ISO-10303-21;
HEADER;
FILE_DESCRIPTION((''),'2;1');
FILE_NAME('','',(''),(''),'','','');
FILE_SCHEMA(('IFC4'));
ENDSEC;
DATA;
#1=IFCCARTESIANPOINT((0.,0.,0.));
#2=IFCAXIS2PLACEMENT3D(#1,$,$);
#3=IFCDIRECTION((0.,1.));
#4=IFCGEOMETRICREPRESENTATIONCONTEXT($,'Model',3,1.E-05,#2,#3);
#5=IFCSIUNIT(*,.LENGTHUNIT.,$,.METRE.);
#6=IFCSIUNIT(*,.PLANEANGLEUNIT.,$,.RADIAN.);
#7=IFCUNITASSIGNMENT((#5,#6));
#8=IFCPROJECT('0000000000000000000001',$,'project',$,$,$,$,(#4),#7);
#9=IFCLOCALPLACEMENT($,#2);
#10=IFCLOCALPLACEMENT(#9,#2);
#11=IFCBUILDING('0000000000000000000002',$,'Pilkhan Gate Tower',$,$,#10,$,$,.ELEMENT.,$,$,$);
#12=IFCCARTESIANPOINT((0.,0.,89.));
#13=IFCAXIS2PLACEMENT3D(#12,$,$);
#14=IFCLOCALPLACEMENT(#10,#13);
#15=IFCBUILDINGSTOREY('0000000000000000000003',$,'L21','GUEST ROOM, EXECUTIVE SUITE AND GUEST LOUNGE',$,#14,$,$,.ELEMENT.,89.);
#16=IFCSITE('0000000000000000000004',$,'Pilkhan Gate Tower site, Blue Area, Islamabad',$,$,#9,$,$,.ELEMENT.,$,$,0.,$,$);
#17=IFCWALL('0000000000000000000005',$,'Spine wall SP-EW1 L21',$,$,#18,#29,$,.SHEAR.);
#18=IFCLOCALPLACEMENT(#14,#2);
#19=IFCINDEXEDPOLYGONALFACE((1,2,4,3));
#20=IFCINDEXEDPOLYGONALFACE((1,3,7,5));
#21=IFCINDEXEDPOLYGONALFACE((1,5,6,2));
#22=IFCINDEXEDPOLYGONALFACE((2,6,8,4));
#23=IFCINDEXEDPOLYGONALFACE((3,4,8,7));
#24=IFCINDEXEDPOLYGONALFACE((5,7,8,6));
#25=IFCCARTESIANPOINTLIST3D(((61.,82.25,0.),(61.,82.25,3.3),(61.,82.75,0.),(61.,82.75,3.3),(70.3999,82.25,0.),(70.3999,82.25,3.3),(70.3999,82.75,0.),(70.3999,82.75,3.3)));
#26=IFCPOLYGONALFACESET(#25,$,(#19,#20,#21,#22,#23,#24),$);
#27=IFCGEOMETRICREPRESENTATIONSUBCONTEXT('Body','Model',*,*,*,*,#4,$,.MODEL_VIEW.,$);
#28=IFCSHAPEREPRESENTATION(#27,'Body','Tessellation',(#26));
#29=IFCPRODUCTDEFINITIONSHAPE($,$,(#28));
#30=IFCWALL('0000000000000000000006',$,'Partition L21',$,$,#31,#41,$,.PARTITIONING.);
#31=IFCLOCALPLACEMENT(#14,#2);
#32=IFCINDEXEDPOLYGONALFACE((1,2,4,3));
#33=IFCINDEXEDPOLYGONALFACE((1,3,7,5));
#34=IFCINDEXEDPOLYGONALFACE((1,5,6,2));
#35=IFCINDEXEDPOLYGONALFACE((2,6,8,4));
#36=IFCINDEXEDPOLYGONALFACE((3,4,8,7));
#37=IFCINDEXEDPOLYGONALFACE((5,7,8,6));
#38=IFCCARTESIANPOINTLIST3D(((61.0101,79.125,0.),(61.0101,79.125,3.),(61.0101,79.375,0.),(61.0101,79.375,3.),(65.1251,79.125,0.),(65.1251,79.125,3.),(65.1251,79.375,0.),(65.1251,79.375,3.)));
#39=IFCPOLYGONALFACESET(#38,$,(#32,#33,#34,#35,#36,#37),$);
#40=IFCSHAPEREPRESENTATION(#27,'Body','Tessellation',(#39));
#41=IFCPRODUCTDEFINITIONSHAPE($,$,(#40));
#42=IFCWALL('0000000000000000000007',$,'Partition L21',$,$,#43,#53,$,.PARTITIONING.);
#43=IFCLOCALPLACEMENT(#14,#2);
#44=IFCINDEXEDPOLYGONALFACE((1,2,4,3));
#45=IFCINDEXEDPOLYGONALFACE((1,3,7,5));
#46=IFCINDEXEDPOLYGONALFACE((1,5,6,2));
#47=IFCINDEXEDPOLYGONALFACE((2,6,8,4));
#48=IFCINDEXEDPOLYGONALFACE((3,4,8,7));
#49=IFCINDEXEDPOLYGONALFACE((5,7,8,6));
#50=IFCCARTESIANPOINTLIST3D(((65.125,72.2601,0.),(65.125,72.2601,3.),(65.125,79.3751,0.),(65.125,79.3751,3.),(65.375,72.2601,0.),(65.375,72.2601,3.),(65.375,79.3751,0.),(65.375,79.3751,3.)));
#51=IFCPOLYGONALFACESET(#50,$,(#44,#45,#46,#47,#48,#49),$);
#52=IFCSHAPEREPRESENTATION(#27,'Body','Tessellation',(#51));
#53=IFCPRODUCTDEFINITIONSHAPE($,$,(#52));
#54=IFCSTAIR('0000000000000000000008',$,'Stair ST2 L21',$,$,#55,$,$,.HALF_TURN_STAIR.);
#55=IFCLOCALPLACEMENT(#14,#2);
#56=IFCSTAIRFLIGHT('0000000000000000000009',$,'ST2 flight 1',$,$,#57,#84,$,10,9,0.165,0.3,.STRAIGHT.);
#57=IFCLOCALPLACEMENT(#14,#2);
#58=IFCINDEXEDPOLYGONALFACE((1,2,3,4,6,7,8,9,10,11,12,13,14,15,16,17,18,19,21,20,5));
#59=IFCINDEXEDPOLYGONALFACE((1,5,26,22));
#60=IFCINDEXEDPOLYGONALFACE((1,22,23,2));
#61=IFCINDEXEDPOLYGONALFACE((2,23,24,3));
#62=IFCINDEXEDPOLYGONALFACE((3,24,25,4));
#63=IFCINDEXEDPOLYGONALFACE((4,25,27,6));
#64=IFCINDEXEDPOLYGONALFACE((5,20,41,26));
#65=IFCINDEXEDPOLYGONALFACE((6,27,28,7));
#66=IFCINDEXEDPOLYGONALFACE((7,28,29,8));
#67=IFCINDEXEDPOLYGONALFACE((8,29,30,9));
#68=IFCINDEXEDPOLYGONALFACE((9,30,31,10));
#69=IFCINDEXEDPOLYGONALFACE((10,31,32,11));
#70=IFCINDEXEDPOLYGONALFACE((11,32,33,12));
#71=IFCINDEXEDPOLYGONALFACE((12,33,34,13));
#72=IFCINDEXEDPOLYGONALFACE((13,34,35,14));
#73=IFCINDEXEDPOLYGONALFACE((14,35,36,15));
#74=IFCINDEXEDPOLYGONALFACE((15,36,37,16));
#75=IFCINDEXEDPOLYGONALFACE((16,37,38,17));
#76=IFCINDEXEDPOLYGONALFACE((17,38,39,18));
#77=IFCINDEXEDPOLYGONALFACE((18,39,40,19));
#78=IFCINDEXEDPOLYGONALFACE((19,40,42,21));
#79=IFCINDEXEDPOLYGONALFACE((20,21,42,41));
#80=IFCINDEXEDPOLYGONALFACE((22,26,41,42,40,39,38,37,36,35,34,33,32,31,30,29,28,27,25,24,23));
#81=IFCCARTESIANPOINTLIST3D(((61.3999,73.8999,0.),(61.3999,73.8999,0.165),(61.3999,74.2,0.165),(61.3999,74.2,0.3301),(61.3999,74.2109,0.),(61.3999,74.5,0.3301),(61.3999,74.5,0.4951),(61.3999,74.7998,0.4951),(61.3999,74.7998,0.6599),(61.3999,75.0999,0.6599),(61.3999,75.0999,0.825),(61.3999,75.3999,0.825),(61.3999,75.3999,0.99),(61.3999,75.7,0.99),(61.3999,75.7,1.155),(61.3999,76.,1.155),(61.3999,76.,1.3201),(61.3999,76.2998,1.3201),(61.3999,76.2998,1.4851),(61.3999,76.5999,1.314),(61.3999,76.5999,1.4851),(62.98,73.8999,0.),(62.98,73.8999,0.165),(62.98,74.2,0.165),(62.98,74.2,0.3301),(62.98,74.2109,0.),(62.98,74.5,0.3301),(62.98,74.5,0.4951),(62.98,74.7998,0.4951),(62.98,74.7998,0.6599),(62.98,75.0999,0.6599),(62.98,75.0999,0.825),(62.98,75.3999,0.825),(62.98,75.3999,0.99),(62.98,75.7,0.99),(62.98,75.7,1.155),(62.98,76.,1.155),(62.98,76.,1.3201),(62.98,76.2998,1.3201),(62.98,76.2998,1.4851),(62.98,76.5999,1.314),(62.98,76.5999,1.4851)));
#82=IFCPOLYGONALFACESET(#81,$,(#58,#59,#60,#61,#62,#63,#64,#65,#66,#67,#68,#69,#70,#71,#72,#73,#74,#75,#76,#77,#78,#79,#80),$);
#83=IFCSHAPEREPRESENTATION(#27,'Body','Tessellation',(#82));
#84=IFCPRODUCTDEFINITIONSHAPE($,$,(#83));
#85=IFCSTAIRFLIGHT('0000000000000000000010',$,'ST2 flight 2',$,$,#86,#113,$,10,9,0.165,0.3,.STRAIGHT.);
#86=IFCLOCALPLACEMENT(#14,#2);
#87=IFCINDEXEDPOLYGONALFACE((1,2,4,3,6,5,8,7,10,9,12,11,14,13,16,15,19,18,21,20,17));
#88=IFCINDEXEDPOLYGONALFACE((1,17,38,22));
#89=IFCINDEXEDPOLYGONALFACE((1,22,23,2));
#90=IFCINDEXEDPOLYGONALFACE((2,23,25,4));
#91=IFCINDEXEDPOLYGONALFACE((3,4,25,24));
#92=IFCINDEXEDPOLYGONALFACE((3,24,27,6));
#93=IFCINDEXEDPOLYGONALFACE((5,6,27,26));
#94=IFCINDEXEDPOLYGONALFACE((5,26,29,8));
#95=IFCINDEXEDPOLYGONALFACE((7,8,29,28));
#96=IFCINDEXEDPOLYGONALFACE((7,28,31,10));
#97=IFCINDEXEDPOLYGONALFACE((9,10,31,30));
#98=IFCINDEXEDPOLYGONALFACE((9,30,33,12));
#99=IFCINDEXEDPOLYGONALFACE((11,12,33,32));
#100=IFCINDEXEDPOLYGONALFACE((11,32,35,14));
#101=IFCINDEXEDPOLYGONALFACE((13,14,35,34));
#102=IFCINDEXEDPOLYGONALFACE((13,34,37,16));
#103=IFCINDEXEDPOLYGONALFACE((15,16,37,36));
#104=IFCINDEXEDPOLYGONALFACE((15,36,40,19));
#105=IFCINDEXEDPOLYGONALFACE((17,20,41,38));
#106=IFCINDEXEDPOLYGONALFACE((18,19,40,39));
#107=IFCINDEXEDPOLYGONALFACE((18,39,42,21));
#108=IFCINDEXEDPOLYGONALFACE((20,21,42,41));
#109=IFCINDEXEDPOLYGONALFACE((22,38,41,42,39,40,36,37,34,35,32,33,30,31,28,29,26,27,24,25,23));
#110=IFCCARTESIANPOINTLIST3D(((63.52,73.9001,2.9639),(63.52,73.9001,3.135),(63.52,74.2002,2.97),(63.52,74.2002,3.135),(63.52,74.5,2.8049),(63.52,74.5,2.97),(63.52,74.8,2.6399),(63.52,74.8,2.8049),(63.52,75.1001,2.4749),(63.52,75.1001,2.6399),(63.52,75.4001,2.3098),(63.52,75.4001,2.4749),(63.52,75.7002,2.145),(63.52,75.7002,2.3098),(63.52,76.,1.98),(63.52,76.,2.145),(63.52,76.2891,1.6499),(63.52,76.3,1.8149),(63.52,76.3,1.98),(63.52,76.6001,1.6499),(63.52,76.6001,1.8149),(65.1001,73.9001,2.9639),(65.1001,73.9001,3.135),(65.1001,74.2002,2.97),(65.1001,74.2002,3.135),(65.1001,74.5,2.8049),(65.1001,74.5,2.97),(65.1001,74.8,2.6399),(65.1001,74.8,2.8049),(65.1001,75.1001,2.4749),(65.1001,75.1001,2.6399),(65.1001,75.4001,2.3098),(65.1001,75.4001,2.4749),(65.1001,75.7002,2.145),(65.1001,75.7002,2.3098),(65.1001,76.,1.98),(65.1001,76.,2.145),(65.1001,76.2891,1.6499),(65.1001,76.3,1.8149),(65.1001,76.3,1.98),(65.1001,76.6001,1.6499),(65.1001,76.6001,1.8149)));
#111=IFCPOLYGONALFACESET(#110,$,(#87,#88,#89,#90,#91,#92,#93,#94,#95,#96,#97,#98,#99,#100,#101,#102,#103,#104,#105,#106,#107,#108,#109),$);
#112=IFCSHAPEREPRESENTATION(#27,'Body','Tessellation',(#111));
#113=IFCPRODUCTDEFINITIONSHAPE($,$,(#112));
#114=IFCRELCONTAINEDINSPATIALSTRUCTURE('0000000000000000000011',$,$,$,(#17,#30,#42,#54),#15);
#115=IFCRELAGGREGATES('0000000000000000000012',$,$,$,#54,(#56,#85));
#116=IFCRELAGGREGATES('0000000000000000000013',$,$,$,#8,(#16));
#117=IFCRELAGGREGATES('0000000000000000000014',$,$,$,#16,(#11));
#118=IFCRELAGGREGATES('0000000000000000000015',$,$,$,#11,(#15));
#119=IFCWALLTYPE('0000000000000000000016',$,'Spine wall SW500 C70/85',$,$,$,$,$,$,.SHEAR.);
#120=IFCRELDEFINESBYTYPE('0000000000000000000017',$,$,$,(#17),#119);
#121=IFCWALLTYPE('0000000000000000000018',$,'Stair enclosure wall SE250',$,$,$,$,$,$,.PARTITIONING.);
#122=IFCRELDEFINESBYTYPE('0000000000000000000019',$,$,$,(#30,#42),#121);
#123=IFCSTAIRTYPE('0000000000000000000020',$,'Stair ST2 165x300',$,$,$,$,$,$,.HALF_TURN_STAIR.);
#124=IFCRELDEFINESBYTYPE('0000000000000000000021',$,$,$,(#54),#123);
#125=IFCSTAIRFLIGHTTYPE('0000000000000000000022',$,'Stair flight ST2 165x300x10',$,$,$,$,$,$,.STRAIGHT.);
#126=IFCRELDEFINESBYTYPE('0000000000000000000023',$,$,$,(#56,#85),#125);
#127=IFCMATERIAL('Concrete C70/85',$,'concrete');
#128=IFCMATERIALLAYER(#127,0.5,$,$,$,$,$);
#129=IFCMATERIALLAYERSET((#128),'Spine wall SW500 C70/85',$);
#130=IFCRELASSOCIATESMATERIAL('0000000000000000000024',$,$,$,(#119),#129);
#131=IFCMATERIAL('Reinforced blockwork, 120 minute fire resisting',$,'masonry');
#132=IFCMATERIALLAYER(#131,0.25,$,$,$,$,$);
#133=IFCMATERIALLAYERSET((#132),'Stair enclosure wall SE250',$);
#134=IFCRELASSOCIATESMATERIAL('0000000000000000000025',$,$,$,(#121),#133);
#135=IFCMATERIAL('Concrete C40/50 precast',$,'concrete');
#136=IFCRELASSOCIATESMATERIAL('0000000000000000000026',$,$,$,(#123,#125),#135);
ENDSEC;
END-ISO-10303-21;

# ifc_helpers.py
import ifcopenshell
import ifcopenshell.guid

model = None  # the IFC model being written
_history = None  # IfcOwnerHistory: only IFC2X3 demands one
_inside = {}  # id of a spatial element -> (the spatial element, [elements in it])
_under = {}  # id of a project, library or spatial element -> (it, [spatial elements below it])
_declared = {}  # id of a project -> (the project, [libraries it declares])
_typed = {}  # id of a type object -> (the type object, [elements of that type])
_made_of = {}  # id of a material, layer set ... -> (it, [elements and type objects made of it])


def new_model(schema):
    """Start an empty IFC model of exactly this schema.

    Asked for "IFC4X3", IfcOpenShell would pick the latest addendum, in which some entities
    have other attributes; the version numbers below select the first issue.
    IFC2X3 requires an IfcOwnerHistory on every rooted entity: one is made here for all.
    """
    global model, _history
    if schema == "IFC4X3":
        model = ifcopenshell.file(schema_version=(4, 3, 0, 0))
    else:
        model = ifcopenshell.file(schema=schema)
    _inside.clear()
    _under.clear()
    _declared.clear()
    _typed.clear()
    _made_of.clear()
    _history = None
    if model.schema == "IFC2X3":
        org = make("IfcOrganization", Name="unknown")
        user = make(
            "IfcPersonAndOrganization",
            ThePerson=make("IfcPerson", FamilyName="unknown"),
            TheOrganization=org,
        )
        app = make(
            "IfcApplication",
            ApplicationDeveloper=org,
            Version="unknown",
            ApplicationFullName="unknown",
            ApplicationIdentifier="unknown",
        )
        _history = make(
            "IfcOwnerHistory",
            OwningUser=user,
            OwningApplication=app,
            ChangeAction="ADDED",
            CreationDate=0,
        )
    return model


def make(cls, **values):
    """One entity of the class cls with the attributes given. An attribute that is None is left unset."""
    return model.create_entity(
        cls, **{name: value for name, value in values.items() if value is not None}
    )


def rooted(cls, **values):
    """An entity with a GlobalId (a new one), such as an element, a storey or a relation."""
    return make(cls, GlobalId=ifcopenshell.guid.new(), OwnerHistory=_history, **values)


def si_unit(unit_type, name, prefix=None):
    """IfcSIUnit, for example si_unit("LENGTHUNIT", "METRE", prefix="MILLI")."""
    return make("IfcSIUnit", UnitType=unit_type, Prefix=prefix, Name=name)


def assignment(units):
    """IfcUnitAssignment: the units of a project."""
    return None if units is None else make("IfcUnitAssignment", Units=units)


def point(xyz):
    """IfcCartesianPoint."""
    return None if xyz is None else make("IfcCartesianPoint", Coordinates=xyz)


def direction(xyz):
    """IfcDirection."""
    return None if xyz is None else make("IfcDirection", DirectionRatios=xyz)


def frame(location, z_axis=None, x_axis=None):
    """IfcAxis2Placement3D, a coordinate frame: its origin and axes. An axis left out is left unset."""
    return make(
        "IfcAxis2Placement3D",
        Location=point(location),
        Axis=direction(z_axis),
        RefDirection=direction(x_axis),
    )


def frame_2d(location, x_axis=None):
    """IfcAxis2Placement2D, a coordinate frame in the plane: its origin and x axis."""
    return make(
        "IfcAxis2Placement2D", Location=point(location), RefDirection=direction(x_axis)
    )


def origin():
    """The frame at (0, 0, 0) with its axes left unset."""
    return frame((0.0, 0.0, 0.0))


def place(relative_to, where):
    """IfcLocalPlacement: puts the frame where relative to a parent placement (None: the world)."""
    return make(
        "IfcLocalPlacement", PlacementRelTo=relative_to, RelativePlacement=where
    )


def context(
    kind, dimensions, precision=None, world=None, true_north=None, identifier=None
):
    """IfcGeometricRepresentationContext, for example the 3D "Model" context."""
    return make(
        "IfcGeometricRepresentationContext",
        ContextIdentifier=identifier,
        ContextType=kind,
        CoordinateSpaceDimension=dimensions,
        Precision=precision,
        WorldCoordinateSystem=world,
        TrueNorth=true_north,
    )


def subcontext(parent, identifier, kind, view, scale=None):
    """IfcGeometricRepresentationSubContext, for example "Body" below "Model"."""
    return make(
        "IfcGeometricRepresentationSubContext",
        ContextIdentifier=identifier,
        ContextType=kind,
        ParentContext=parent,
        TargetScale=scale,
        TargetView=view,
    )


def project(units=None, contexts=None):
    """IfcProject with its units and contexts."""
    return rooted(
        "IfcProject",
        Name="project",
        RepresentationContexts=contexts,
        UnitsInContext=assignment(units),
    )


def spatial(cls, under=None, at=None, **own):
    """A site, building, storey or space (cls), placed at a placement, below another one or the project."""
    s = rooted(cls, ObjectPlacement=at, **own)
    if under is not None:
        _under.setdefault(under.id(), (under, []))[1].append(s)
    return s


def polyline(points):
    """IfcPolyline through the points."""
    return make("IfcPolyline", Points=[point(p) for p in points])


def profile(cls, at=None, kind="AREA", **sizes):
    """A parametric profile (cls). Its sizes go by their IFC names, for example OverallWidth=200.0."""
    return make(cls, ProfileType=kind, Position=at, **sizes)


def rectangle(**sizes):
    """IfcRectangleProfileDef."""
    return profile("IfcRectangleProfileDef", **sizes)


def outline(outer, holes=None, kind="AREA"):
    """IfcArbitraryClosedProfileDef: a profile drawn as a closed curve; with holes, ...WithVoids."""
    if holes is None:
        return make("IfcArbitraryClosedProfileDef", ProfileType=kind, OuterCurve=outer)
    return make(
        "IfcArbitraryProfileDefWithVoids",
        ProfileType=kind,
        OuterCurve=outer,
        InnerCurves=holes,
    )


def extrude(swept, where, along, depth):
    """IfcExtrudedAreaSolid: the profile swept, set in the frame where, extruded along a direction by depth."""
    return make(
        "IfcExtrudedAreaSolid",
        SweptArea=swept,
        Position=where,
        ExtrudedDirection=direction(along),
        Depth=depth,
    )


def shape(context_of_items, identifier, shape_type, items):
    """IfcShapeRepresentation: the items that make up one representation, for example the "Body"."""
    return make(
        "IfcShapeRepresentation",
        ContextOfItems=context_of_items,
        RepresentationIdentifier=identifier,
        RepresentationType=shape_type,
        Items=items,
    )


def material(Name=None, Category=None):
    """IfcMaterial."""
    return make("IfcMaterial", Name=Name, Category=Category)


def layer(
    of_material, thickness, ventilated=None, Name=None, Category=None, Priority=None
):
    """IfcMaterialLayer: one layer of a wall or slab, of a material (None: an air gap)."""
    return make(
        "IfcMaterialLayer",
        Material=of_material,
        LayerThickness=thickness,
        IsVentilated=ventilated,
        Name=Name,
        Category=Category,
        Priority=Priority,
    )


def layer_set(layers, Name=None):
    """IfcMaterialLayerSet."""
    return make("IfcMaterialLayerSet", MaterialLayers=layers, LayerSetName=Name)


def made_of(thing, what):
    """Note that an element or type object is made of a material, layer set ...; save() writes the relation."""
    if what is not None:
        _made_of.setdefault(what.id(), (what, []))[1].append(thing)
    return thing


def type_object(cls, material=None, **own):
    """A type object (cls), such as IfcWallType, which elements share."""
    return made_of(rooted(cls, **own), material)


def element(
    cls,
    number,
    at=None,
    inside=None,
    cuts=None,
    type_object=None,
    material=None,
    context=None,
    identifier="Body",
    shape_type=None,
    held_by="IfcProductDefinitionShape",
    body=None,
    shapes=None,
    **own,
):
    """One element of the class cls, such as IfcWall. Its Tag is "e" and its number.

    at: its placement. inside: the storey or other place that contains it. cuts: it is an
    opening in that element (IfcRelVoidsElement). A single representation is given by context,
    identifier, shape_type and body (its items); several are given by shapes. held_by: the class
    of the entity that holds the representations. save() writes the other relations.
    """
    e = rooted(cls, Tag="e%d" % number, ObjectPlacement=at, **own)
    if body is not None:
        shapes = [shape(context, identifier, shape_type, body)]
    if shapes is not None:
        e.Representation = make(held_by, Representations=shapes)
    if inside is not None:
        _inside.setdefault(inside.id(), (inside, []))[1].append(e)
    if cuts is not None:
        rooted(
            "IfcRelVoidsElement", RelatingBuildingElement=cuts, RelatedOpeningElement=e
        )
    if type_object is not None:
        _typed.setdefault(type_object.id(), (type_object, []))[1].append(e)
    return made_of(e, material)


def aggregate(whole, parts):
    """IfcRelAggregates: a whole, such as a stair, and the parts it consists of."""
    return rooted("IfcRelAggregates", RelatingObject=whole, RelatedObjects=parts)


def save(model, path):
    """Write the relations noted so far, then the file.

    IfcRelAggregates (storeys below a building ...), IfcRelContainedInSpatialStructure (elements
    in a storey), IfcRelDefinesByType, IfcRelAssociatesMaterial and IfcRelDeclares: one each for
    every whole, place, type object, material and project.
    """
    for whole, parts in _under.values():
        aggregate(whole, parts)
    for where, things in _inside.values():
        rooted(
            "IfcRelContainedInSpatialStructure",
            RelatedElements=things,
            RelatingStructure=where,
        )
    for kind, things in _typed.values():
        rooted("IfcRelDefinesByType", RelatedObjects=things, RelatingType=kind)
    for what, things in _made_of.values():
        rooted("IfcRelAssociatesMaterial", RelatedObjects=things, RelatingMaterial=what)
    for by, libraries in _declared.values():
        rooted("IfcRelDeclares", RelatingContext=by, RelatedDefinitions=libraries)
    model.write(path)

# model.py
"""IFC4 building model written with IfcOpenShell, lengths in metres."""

from ifc_helpers import new_model, si_unit, direction, frame, frame_2d, origin, place, context, subcontext, project, spatial, polyline, rectangle, outline, extrude, material, layer, layer_set, type_object, element, aggregate, save


model = new_model("IFC4")

# Units and contexts
model_context = context("Model", 3, precision=1e-05, world=origin(), true_north=direction((0.0, 1.0)))
body_context = subcontext(model_context, "Body", "Model", "MODEL_VIEW")
ifc_project = project(units=[si_unit("LENGTHUNIT", "METRE"), si_unit("PLANEANGLEUNIT", "RADIAN")], contexts=[model_context])

# Site, building, storey
site_placement = place(None, origin())
site = spatial("IfcSite", under=ifc_project, at=site_placement, Name="Pilkhan Gate Tower site, Blue Area, Islamabad", CompositionType="ELEMENT", RefElevation=0.0)
building_placement = place(site_placement, origin())
building = spatial("IfcBuilding", under=site, at=building_placement, Name="Pilkhan Gate Tower", CompositionType="ELEMENT")
storey_placement = place(building_placement, frame((0.0, 0.0, 89.0)))
storey = spatial("IfcBuildingStorey", under=building, at=storey_placement, Name="L21", Description="GUEST ROOM, EXECUTIVE SUITE AND GUEST LOUNGE", CompositionType="ELEMENT", Elevation=89.0)

# Shared definitions
ifc_material_1 = material(Name="Concrete C70/85", Category="concrete")

# Walls
ifc_layer_1 = layer(ifc_material_1, 0.5)
ifc_layer_set_1 = layer_set([ifc_layer_1], Name="Spine wall SW500 C70/85")
wall_type_1 = type_object("IfcWallType", Name="Spine wall SW500 C70/85", PredefinedType="SHEAR", material=ifc_layer_set_1)
wall_1_placement = place(storey_placement, frame((61.0, 82.5, 0.0), z_axis=(0.0, 0.0, 1.0), x_axis=(1.0, 0.0, 0.0)))
element("IfcWall", 1, at=wall_1_placement, inside=storey, type_object=wall_type_1, Name="Spine wall SP-EW1 L21", PredefinedType="SHEAR", context=body_context, shape_type="SweptSolid", body=[
    extrude(rectangle(XDim=9.3999, YDim=0.5, at=frame_2d((4.7, 0.0))), origin(), (0.0, 0.0, 1.0), 3.3),
])
ifc_material_2 = material(Name="Reinforced blockwork, 120 minute fire resisting", Category="masonry")
ifc_layer_2 = layer(ifc_material_2, 0.25)
ifc_layer_set_2 = layer_set([ifc_layer_2], Name="Stair enclosure wall SE250")
wall_type_2 = type_object("IfcWallType", Name="Stair enclosure wall SE250", PredefinedType="PARTITIONING", material=ifc_layer_set_2)
wall_2_placement = place(storey_placement, frame((61.01, 79.25, 0.0), z_axis=(0.0, 0.0, 1.0), x_axis=(1.0, 0.0, 0.0)))
element("IfcWall", 2, at=wall_2_placement, inside=storey, type_object=wall_type_2, Name="Partition L21", PredefinedType="PARTITIONING", context=body_context, shape_type="SweptSolid", body=[
    extrude(rectangle(XDim=4.115, YDim=0.25, at=frame_2d((2.0576, 0.0))), origin(), (0.0, 0.0, 1.0), 3.0),
])
wall_3_placement = place(storey_placement, frame((65.25, 72.26, 0.0), z_axis=(0.0, 0.0, 1.0), x_axis=(0.0, 1.0, 0.0)))
element("IfcWall", 3, at=wall_3_placement, inside=storey, type_object=wall_type_2, Name="Partition L21", PredefinedType="PARTITIONING", context=body_context, shape_type="SweptSolid", body=[
    extrude(rectangle(XDim=7.115, YDim=0.25, at=frame_2d((3.5576, 0.0))), origin(), (0.0, 0.0, 1.0), 3.0),
])

# Stair, stair flights
ifc_material_3 = material(Name="Concrete C40/50 precast", Category="concrete")
stair_type = type_object("IfcStairType", Name="Stair ST2 165x300", PredefinedType="HALF_TURN_STAIR", material=ifc_material_3)
stair_placement = place(storey_placement, origin())
stair = element("IfcStair", 4, at=stair_placement, inside=storey, type_object=stair_type, Name="Stair ST2 L21", PredefinedType="HALF_TURN_STAIR")
stair_flight_type = type_object("IfcStairFlightType", Name="Stair flight ST2 165x300x10", PredefinedType="STRAIGHT", material=ifc_material_3)
stair_flight_1_placement = place(storey_placement, frame((62.1899, 73.8999, 0.0), z_axis=(0.0, 0.0, 1.0), x_axis=(0.0, 1.0, 0.0)))
stair_flight_1 = element("IfcStairFlight", 5, at=stair_flight_1_placement, type_object=stair_flight_type, Name="ST2 flight 1", NumberOfRisers=10, NumberOfTreads=9, PredefinedType="STRAIGHT", RiserHeight=0.165, TreadLength=0.3, context=body_context, shape_type="SweptSolid", body=[
    extrude(outline(polyline([(0.0, 0.0), (0.0, 0.165), (0.3, 0.165), (0.3, 0.3301), (0.6001, 0.3301), (0.6001, 0.4951), (0.8999, 0.4951), (0.8999, 0.6599), (1.2, 0.6599), (1.2, 0.825), (1.5, 0.825), (1.5, 0.99), (1.8, 0.99), (1.8, 1.155), (2.1001, 1.155), (2.1001, 1.3201), (2.3999, 1.3201), (2.3999, 1.4851), (2.7, 1.4851), (2.7, 1.6499), (2.7, 1.314), (0.311, 0.0), (0.0, 0.0)])), frame((0.0, 0.79, 0.0), z_axis=(0.0, -1.0, 0.0), x_axis=(1.0, 0.0, 0.0)), (0.0, 0.0, 1.0), 1.5801),
])
stair_flight_2_placement = place(storey_placement, frame((64.3101, 76.6001, 1.6499), z_axis=(0.0, 0.0, 1.0), x_axis=(0.0, -1.0, 0.0)))
stair_flight_2 = element("IfcStairFlight", 6, at=stair_flight_2_placement, type_object=stair_flight_type, Name="ST2 flight 2", NumberOfRisers=10, NumberOfTreads=9, PredefinedType="STRAIGHT", RiserHeight=0.165, TreadLength=0.3, context=body_context, shape_type="SweptSolid", body=[
    extrude(outline(polyline([(0.0, 0.0), (0.0, 0.165), (0.3, 0.165), (0.3, 0.3301), (0.6001, 0.3301), (0.6001, 0.4951), (0.8999, 0.4951), (0.8999, 0.6599), (1.2, 0.6599), (1.2, 0.825), (1.5, 0.825), (1.5, 0.99), (1.8, 0.99), (1.8, 1.155), (2.1001, 1.155), (2.1001, 1.3201), (2.3999, 1.3201), (2.3999, 1.4851), (2.7, 1.4851), (2.7, 1.6499), (2.7, 1.314), (0.311, 0.0), (0.0, 0.0)])), frame((0.0, 0.79, 0.0), z_axis=(0.0, -1.0, 0.0), x_axis=(1.0, 0.0, 0.0)), (0.0, 0.0, 1.0), 1.5801),
])
aggregate(stair, [stair_flight_1, stair_flight_2])

save(model, "model.ifc")
